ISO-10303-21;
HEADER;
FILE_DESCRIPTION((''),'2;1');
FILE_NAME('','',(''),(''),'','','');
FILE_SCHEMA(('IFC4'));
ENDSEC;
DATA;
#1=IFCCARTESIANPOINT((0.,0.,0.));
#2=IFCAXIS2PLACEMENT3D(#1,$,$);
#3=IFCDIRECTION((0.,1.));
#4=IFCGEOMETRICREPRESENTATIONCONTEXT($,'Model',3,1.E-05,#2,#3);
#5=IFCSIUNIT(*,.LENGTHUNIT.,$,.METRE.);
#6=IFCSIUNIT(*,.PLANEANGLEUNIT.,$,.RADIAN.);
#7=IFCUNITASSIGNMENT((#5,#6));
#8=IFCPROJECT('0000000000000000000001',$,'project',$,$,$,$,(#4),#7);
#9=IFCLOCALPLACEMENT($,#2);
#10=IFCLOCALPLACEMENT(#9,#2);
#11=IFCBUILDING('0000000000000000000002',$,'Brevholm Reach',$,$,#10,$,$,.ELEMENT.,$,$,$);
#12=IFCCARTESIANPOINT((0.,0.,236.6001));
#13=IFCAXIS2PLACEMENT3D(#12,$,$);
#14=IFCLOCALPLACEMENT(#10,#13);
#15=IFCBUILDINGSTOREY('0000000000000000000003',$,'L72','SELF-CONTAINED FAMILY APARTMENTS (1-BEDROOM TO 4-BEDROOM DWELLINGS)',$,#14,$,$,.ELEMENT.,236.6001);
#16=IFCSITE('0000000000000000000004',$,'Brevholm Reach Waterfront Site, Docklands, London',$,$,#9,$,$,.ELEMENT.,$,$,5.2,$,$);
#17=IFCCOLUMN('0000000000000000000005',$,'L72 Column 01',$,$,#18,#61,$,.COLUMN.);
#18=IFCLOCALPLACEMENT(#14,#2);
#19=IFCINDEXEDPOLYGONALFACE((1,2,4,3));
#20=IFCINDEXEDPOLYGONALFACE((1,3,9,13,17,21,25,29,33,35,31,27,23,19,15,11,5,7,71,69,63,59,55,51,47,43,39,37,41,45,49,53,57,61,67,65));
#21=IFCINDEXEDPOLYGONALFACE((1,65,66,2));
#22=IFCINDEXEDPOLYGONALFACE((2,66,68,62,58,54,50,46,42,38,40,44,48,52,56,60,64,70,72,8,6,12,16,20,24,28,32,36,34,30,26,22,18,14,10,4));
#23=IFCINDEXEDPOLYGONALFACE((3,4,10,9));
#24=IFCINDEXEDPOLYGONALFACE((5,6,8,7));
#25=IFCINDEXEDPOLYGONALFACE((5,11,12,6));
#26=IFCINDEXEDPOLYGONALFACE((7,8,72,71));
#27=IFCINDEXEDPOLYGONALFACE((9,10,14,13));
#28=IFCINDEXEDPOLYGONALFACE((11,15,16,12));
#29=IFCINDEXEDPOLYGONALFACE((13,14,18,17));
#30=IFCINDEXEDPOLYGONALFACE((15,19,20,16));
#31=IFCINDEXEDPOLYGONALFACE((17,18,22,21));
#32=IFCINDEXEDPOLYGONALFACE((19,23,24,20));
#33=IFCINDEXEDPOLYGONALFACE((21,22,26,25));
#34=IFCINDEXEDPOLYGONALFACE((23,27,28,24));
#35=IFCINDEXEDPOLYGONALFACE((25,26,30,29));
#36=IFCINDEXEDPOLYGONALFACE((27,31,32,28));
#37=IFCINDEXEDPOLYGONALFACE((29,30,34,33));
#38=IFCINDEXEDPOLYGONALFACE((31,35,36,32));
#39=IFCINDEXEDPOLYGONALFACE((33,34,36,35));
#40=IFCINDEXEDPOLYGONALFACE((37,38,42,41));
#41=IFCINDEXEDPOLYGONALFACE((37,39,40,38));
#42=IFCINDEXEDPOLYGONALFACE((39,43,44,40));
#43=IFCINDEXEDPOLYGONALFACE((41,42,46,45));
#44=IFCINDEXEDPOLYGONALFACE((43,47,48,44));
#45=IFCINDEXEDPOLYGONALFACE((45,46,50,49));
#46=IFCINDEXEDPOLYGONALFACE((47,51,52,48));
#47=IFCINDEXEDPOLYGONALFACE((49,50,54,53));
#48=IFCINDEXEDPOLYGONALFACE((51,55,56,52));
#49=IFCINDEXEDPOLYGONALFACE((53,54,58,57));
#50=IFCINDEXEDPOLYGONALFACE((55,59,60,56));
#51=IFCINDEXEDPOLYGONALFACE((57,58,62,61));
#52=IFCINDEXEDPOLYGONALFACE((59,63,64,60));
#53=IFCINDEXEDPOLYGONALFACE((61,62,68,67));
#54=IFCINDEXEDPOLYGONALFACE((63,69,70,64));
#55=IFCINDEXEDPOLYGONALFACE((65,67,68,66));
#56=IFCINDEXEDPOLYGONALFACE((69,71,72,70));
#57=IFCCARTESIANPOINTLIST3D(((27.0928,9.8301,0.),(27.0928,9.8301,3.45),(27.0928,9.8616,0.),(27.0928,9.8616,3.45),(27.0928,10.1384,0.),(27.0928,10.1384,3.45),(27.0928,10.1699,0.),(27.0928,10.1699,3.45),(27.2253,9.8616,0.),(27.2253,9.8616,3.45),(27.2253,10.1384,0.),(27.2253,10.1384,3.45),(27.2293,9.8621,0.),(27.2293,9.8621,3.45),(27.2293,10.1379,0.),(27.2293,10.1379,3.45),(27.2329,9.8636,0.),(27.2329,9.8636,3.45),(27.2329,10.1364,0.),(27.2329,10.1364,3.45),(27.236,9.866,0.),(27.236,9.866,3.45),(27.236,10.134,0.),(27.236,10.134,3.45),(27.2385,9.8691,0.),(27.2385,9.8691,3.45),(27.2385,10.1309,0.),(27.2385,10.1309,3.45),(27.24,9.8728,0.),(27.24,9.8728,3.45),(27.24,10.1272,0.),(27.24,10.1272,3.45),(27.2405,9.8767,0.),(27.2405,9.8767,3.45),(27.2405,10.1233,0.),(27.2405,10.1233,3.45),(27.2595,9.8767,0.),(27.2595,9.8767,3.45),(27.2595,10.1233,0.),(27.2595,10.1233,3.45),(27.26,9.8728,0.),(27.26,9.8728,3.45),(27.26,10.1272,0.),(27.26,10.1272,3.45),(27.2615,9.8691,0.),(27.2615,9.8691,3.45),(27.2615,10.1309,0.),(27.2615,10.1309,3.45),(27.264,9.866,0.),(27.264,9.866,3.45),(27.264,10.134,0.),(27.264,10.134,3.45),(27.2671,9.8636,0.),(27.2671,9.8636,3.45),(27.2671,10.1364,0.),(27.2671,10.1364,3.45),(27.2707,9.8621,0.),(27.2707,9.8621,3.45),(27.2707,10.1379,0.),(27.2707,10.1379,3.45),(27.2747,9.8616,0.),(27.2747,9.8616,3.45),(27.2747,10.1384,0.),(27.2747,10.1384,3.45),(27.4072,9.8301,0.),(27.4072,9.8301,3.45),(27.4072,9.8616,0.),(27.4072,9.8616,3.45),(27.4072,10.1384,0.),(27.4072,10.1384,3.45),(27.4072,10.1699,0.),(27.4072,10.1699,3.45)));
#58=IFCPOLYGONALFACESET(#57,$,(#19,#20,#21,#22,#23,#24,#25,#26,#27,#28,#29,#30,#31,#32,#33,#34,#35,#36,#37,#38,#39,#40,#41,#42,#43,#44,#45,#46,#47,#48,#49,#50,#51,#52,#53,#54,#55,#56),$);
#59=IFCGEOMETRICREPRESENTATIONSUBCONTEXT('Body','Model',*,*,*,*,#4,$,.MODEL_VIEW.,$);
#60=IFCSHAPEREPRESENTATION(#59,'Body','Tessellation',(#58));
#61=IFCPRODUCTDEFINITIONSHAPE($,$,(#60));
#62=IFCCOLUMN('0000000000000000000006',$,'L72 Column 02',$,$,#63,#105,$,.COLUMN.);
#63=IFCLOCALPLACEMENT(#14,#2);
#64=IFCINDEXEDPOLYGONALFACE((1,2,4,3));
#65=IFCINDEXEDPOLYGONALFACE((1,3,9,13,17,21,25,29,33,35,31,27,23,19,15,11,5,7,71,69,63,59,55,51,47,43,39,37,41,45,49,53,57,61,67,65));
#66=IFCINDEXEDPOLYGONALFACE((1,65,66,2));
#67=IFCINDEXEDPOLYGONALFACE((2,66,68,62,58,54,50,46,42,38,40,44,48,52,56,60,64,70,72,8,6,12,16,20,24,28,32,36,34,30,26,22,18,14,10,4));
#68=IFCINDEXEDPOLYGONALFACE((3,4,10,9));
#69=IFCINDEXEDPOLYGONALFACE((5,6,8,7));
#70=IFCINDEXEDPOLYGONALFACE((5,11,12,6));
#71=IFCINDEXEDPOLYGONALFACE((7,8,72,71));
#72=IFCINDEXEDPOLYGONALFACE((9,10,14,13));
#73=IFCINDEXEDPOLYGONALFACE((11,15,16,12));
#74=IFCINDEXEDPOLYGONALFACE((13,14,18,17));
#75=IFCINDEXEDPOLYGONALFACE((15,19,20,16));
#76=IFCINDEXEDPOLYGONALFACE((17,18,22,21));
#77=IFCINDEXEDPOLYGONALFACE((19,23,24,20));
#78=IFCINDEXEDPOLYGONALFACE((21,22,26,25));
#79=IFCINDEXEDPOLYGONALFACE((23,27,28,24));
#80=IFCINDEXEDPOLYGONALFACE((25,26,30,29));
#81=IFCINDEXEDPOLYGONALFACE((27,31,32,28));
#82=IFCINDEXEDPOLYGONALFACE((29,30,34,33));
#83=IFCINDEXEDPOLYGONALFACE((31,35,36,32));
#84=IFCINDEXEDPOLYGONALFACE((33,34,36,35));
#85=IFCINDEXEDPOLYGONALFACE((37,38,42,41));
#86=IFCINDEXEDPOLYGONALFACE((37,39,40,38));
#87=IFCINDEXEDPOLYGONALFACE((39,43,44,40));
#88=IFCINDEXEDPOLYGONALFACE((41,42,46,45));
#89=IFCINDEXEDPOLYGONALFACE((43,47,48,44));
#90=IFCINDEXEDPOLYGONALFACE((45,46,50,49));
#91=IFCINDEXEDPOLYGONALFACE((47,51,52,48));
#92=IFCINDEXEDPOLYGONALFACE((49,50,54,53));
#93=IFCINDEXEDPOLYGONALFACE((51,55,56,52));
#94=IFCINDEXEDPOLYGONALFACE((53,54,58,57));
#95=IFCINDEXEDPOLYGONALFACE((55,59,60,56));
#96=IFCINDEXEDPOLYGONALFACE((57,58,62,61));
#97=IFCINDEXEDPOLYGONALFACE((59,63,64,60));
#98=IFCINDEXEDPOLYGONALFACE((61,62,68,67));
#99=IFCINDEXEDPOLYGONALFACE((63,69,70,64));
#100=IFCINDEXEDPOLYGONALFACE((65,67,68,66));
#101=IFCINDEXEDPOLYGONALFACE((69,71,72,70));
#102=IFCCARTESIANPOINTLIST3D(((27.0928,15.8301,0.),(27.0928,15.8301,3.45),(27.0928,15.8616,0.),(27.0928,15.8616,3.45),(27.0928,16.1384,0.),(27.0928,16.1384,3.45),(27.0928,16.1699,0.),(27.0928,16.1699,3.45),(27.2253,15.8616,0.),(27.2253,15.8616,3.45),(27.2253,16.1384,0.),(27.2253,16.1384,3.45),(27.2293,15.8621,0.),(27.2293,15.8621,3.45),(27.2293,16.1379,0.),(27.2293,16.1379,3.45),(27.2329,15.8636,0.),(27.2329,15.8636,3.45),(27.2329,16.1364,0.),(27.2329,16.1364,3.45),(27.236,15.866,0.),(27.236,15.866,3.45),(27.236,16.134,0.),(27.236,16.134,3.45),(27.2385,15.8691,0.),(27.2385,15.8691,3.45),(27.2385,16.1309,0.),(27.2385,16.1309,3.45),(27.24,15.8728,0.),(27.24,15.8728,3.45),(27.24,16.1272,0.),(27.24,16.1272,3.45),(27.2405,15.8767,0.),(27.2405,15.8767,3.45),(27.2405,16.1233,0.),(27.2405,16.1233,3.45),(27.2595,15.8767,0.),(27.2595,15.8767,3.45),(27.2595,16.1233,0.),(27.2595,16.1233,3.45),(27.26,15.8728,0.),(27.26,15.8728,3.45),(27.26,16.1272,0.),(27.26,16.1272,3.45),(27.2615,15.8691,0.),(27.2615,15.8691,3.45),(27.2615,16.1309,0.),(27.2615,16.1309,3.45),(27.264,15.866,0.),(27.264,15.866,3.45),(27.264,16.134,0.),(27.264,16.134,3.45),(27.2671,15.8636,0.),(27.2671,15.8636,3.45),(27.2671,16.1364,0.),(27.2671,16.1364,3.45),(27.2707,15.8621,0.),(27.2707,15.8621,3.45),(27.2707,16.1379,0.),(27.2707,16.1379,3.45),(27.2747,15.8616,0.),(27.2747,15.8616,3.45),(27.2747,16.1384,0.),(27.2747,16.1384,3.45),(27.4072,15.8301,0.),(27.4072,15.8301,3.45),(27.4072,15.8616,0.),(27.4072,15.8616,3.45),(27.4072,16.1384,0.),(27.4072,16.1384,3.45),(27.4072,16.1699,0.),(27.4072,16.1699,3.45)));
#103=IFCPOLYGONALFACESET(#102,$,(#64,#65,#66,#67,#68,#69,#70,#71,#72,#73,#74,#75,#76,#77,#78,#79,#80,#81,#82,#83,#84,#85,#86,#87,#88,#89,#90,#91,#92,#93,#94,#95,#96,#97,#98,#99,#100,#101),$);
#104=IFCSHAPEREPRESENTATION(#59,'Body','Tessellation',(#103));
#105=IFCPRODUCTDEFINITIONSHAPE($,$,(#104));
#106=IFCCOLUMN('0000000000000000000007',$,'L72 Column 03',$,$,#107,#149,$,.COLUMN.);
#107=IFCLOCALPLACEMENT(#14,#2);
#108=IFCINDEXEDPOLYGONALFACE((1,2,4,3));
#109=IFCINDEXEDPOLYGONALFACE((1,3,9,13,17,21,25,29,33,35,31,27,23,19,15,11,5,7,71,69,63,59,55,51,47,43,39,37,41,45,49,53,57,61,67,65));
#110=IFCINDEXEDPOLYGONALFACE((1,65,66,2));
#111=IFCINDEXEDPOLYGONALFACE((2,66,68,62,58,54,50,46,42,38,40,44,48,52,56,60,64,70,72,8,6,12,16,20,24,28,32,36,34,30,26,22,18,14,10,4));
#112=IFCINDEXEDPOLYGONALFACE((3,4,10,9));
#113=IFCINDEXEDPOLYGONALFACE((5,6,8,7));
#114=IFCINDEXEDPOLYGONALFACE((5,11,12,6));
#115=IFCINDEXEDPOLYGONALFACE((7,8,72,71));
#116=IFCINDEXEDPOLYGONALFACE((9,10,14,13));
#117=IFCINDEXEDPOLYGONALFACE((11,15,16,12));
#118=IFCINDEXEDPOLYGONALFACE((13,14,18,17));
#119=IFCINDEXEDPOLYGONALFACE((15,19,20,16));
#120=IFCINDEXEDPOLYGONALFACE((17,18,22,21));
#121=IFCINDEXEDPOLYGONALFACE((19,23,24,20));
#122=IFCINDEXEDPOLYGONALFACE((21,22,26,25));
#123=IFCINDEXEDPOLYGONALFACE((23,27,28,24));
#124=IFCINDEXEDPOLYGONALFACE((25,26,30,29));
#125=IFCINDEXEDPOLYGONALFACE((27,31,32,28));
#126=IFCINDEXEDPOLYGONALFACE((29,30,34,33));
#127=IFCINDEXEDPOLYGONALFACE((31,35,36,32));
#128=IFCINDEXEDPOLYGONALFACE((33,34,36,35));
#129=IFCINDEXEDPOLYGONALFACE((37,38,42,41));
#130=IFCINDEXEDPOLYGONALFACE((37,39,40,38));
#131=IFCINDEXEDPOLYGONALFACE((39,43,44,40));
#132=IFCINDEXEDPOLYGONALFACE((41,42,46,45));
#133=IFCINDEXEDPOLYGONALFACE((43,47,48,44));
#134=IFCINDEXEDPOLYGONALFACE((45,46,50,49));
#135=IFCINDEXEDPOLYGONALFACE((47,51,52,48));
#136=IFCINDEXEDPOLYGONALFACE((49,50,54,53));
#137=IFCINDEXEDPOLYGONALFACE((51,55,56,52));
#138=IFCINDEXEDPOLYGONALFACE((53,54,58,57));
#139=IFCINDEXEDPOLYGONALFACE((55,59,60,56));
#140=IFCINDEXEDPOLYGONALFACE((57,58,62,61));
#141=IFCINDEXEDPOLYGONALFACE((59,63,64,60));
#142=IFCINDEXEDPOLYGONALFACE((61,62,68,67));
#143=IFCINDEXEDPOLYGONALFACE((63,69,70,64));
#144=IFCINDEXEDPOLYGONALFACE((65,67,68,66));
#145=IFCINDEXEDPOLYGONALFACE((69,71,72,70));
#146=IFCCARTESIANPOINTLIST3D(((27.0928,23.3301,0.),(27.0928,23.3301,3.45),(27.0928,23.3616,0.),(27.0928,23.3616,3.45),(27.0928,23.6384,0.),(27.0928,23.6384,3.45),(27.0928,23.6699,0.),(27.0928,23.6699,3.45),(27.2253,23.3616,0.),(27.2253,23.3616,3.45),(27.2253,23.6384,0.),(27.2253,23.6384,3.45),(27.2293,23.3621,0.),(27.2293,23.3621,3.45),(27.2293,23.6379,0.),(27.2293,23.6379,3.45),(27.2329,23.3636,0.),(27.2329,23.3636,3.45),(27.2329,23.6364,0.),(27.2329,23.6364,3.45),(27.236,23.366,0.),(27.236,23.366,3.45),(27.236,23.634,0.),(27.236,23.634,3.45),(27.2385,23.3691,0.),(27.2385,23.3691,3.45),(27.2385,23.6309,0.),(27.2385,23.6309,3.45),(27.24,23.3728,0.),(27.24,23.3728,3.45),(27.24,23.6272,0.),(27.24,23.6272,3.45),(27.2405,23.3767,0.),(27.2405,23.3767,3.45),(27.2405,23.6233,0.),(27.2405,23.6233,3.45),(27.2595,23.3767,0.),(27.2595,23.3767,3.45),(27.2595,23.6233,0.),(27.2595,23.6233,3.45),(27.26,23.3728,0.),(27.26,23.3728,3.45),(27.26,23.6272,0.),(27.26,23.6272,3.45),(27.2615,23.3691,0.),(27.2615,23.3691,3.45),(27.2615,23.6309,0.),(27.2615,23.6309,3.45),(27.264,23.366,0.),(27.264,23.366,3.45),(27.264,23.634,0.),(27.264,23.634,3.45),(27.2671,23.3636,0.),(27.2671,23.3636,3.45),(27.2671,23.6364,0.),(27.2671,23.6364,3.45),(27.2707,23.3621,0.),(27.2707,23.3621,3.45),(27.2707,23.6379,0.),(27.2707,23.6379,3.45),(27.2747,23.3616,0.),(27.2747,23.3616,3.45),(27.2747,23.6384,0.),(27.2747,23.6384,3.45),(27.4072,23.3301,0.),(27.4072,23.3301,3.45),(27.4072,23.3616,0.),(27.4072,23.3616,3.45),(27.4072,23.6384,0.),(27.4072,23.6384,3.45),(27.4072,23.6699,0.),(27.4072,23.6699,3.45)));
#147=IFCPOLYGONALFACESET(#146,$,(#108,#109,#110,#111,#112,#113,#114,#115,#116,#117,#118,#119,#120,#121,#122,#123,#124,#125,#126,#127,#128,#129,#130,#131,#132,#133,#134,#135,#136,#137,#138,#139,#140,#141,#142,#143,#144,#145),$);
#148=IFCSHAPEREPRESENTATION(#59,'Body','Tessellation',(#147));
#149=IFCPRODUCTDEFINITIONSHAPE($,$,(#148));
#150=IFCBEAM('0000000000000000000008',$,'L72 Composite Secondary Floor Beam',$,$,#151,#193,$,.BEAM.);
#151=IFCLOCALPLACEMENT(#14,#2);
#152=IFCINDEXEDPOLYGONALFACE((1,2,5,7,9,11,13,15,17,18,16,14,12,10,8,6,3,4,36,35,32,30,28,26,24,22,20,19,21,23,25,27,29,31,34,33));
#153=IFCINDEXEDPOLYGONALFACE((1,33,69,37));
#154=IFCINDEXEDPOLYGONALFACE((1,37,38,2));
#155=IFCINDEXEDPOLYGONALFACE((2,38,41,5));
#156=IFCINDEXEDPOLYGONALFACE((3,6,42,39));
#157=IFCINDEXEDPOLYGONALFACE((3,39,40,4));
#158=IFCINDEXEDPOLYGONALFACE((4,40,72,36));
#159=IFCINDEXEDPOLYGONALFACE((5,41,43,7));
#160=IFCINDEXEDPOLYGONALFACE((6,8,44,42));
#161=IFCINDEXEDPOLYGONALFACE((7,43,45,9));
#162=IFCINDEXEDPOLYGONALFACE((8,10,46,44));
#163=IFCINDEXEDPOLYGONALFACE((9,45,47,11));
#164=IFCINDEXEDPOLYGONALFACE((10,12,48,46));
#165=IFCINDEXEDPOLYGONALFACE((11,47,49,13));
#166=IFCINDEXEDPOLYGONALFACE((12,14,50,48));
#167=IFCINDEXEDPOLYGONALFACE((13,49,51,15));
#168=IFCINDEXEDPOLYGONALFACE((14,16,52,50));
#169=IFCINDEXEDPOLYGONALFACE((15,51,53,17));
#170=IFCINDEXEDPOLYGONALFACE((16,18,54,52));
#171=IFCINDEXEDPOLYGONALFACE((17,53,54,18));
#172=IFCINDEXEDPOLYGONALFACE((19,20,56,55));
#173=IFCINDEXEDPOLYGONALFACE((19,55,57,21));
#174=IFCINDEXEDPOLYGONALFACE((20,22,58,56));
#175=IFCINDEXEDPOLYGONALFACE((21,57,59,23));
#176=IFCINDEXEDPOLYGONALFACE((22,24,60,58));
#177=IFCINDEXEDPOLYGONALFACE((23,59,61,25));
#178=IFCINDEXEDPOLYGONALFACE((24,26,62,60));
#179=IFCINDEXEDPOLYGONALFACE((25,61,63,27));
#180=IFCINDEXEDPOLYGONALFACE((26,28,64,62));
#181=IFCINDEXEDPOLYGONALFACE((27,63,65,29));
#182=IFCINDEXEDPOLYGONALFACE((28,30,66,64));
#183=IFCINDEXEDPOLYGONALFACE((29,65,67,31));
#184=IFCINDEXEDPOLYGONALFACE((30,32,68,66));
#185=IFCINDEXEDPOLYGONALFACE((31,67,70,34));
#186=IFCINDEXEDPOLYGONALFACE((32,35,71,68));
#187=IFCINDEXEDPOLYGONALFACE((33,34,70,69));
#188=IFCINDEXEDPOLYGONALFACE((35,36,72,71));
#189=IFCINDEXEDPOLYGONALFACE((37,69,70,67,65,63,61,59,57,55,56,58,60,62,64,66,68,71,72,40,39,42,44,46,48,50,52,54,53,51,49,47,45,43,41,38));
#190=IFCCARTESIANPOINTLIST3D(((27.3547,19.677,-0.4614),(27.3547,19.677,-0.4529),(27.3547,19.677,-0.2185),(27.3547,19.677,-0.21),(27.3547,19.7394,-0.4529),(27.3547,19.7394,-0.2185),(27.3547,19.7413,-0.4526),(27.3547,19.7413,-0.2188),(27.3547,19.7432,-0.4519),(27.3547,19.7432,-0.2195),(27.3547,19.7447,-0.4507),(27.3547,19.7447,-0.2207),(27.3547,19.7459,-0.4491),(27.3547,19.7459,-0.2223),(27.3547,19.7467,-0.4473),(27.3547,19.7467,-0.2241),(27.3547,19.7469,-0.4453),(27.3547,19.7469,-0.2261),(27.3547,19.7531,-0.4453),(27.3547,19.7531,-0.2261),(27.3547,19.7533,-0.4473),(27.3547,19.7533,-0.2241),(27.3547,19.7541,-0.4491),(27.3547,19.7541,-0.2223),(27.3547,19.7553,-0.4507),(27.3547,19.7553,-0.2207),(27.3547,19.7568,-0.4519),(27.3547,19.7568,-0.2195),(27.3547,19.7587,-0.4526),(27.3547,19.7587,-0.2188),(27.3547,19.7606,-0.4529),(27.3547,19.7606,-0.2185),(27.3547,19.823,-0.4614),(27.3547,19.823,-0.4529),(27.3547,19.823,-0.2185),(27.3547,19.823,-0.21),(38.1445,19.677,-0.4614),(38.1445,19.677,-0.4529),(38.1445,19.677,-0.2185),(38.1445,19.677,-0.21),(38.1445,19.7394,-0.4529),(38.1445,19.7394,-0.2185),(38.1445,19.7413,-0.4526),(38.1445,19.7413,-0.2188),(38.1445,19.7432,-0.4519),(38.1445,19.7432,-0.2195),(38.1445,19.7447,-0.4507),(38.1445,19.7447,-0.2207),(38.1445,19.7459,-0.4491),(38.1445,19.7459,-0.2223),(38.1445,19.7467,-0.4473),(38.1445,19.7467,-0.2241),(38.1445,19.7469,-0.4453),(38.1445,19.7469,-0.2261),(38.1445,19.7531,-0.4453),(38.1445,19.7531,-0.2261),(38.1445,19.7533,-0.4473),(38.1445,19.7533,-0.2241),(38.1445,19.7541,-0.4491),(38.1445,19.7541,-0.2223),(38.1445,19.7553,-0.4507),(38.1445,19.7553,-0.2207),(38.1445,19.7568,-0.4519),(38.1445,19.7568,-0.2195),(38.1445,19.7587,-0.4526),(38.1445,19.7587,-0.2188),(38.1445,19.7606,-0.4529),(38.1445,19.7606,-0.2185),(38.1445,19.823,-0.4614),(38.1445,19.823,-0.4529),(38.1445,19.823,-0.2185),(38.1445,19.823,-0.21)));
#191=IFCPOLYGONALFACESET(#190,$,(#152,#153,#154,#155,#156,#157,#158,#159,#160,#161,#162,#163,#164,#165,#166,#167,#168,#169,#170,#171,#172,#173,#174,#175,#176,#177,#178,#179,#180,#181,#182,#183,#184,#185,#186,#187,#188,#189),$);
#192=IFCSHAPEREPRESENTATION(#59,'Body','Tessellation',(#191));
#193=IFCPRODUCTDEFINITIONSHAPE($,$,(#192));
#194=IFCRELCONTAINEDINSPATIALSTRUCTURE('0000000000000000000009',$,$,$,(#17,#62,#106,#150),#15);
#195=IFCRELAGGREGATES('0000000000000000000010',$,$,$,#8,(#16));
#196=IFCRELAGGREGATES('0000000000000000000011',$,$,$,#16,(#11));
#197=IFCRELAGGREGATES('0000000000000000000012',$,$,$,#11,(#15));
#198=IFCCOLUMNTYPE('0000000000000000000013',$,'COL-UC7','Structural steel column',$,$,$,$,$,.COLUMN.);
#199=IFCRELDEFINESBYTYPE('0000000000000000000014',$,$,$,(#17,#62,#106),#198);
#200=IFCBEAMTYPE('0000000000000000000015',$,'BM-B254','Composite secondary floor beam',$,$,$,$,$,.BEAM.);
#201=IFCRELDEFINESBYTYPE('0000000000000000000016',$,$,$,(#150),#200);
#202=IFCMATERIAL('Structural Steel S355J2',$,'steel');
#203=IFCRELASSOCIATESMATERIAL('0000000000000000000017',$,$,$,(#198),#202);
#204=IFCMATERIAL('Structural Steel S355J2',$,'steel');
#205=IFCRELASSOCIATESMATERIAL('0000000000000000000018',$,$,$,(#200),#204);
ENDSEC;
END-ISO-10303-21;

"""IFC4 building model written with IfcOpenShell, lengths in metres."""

from ifc_helpers import new_model, si_unit, direction, frame, origin, origin_2d, place, context, subcontext, project, spatial, i_section, extrude, material, material_profile, profile_set, type_object, element, save


model = new_model("IFC4")

# Units and contexts
model_context = context("Model", 3, precision=1e-05, world=origin(), true_north=direction((0.0, 1.0)))
body_context = subcontext(model_context, "Body", "Model", "MODEL_VIEW")
ifc_project = project(units=[si_unit("LENGTHUNIT", "METRE"), si_unit("PLANEANGLEUNIT", "RADIAN")], contexts=[model_context])

# Site, building, storey
site_placement = place(None, origin())
site = spatial("IfcSite", under=ifc_project, at=site_placement, Name="Brevholm Reach Waterfront Site, Docklands, London", CompositionType="ELEMENT", RefElevation=5.2)
building_placement = place(site_placement, origin())
building = spatial("IfcBuilding", under=site, at=building_placement, Name="Brevholm Reach", CompositionType="ELEMENT")
storey_placement = place(building_placement, frame((0.0, 0.0, 236.6001)))
storey = spatial("IfcBuildingStorey", under=building, at=storey_placement, Name="L72", Description="SELF-CONTAINED FAMILY APARTMENTS (1-BEDROOM TO 4-BEDROOM DWELLINGS)", CompositionType="ELEMENT", Elevation=236.6001)

# Columns
ifc_material_1 = material(Name="Structural Steel S355J2", Category="steel")
ifc_material_profile_1 = material_profile(ifc_material_1, i_section(OverallWidth=0.3145, OverallDepth=0.3398, WebThickness=0.019, FlangeThickness=0.0315, FilletRadius=0.0151, at=origin_2d()), Name="UKC 305x305x198")
ifc_profile_set_1 = profile_set([ifc_material_profile_1], Name="Structural Steel S355J2")
column_type = type_object("IfcColumnType", Name="COL-UC7", Description="Structural steel column", PredefinedType="COLUMN", material=ifc_profile_set_1)
for number, where, z_axis, x_axis, name in (
    (1, (27.25, 10.0, 0.0), (0.0, 0.0, 1.0), (1.0, 0.0, 0.0), "L72 Column 01"),
    (2, (27.25, 16.0, 0.0), (0.0, 0.0, 1.0), (1.0, 0.0, 0.0), "L72 Column 02"),
    (3, (27.25, 23.5, 0.0), (0.0, 0.0, 1.0), (1.0, 0.0, 0.0), "L72 Column 03"),
):
    element("IfcColumn", number, at=place(storey_placement, frame(where, z_axis=z_axis, x_axis=x_axis)), inside=storey, type_object=column_type, Name=name, PredefinedType="COLUMN", context=body_context, shape_type="SweptSolid", body=[
        extrude(i_section(OverallWidth=0.3145, OverallDepth=0.3398, WebThickness=0.019, FlangeThickness=0.0315, FilletRadius=0.0151, at=origin_2d()), origin(), (0.0, 0.0, 1.0), 3.45),
    ])

# Beam
ifc_material_2 = material(Name="Structural Steel S355J2", Category="steel")
ifc_material_profile_2 = material_profile(ifc_material_2, i_section(OverallWidth=0.146, OverallDepth=0.2515, WebThickness=0.0061, FlangeThickness=0.0085, FilletRadius=0.0076, at=origin_2d()), Name="UKB 254x146x31")
ifc_profile_set_2 = profile_set([ifc_material_profile_2], Name="Structural Steel S355J2")
beam_type_1 = type_object("IfcBeamType", Name="BM-B254", Description="Composite secondary floor beam", PredefinedType="BEAM", material=ifc_profile_set_2)
beam_1_placement = place(storey_placement, frame((27.3547, 19.75, -0.3357), z_axis=(1.0, 0.0, 0.0), x_axis=(0.0, 1.0, 0.0)))
element("IfcBeam", 4, at=beam_1_placement, inside=storey, type_object=beam_type_1, Name="L72 Composite Secondary Floor Beam", PredefinedType="BEAM", context=body_context, shape_type="SweptSolid", body=[
    extrude(i_section(OverallWidth=0.146, OverallDepth=0.2515, WebThickness=0.0061, FlangeThickness=0.0085, FilletRadius=0.0076, at=origin_2d()), origin(), (0.0, 0.0, 1.0), 10.7898),
])

save(model, "model.ifc")
